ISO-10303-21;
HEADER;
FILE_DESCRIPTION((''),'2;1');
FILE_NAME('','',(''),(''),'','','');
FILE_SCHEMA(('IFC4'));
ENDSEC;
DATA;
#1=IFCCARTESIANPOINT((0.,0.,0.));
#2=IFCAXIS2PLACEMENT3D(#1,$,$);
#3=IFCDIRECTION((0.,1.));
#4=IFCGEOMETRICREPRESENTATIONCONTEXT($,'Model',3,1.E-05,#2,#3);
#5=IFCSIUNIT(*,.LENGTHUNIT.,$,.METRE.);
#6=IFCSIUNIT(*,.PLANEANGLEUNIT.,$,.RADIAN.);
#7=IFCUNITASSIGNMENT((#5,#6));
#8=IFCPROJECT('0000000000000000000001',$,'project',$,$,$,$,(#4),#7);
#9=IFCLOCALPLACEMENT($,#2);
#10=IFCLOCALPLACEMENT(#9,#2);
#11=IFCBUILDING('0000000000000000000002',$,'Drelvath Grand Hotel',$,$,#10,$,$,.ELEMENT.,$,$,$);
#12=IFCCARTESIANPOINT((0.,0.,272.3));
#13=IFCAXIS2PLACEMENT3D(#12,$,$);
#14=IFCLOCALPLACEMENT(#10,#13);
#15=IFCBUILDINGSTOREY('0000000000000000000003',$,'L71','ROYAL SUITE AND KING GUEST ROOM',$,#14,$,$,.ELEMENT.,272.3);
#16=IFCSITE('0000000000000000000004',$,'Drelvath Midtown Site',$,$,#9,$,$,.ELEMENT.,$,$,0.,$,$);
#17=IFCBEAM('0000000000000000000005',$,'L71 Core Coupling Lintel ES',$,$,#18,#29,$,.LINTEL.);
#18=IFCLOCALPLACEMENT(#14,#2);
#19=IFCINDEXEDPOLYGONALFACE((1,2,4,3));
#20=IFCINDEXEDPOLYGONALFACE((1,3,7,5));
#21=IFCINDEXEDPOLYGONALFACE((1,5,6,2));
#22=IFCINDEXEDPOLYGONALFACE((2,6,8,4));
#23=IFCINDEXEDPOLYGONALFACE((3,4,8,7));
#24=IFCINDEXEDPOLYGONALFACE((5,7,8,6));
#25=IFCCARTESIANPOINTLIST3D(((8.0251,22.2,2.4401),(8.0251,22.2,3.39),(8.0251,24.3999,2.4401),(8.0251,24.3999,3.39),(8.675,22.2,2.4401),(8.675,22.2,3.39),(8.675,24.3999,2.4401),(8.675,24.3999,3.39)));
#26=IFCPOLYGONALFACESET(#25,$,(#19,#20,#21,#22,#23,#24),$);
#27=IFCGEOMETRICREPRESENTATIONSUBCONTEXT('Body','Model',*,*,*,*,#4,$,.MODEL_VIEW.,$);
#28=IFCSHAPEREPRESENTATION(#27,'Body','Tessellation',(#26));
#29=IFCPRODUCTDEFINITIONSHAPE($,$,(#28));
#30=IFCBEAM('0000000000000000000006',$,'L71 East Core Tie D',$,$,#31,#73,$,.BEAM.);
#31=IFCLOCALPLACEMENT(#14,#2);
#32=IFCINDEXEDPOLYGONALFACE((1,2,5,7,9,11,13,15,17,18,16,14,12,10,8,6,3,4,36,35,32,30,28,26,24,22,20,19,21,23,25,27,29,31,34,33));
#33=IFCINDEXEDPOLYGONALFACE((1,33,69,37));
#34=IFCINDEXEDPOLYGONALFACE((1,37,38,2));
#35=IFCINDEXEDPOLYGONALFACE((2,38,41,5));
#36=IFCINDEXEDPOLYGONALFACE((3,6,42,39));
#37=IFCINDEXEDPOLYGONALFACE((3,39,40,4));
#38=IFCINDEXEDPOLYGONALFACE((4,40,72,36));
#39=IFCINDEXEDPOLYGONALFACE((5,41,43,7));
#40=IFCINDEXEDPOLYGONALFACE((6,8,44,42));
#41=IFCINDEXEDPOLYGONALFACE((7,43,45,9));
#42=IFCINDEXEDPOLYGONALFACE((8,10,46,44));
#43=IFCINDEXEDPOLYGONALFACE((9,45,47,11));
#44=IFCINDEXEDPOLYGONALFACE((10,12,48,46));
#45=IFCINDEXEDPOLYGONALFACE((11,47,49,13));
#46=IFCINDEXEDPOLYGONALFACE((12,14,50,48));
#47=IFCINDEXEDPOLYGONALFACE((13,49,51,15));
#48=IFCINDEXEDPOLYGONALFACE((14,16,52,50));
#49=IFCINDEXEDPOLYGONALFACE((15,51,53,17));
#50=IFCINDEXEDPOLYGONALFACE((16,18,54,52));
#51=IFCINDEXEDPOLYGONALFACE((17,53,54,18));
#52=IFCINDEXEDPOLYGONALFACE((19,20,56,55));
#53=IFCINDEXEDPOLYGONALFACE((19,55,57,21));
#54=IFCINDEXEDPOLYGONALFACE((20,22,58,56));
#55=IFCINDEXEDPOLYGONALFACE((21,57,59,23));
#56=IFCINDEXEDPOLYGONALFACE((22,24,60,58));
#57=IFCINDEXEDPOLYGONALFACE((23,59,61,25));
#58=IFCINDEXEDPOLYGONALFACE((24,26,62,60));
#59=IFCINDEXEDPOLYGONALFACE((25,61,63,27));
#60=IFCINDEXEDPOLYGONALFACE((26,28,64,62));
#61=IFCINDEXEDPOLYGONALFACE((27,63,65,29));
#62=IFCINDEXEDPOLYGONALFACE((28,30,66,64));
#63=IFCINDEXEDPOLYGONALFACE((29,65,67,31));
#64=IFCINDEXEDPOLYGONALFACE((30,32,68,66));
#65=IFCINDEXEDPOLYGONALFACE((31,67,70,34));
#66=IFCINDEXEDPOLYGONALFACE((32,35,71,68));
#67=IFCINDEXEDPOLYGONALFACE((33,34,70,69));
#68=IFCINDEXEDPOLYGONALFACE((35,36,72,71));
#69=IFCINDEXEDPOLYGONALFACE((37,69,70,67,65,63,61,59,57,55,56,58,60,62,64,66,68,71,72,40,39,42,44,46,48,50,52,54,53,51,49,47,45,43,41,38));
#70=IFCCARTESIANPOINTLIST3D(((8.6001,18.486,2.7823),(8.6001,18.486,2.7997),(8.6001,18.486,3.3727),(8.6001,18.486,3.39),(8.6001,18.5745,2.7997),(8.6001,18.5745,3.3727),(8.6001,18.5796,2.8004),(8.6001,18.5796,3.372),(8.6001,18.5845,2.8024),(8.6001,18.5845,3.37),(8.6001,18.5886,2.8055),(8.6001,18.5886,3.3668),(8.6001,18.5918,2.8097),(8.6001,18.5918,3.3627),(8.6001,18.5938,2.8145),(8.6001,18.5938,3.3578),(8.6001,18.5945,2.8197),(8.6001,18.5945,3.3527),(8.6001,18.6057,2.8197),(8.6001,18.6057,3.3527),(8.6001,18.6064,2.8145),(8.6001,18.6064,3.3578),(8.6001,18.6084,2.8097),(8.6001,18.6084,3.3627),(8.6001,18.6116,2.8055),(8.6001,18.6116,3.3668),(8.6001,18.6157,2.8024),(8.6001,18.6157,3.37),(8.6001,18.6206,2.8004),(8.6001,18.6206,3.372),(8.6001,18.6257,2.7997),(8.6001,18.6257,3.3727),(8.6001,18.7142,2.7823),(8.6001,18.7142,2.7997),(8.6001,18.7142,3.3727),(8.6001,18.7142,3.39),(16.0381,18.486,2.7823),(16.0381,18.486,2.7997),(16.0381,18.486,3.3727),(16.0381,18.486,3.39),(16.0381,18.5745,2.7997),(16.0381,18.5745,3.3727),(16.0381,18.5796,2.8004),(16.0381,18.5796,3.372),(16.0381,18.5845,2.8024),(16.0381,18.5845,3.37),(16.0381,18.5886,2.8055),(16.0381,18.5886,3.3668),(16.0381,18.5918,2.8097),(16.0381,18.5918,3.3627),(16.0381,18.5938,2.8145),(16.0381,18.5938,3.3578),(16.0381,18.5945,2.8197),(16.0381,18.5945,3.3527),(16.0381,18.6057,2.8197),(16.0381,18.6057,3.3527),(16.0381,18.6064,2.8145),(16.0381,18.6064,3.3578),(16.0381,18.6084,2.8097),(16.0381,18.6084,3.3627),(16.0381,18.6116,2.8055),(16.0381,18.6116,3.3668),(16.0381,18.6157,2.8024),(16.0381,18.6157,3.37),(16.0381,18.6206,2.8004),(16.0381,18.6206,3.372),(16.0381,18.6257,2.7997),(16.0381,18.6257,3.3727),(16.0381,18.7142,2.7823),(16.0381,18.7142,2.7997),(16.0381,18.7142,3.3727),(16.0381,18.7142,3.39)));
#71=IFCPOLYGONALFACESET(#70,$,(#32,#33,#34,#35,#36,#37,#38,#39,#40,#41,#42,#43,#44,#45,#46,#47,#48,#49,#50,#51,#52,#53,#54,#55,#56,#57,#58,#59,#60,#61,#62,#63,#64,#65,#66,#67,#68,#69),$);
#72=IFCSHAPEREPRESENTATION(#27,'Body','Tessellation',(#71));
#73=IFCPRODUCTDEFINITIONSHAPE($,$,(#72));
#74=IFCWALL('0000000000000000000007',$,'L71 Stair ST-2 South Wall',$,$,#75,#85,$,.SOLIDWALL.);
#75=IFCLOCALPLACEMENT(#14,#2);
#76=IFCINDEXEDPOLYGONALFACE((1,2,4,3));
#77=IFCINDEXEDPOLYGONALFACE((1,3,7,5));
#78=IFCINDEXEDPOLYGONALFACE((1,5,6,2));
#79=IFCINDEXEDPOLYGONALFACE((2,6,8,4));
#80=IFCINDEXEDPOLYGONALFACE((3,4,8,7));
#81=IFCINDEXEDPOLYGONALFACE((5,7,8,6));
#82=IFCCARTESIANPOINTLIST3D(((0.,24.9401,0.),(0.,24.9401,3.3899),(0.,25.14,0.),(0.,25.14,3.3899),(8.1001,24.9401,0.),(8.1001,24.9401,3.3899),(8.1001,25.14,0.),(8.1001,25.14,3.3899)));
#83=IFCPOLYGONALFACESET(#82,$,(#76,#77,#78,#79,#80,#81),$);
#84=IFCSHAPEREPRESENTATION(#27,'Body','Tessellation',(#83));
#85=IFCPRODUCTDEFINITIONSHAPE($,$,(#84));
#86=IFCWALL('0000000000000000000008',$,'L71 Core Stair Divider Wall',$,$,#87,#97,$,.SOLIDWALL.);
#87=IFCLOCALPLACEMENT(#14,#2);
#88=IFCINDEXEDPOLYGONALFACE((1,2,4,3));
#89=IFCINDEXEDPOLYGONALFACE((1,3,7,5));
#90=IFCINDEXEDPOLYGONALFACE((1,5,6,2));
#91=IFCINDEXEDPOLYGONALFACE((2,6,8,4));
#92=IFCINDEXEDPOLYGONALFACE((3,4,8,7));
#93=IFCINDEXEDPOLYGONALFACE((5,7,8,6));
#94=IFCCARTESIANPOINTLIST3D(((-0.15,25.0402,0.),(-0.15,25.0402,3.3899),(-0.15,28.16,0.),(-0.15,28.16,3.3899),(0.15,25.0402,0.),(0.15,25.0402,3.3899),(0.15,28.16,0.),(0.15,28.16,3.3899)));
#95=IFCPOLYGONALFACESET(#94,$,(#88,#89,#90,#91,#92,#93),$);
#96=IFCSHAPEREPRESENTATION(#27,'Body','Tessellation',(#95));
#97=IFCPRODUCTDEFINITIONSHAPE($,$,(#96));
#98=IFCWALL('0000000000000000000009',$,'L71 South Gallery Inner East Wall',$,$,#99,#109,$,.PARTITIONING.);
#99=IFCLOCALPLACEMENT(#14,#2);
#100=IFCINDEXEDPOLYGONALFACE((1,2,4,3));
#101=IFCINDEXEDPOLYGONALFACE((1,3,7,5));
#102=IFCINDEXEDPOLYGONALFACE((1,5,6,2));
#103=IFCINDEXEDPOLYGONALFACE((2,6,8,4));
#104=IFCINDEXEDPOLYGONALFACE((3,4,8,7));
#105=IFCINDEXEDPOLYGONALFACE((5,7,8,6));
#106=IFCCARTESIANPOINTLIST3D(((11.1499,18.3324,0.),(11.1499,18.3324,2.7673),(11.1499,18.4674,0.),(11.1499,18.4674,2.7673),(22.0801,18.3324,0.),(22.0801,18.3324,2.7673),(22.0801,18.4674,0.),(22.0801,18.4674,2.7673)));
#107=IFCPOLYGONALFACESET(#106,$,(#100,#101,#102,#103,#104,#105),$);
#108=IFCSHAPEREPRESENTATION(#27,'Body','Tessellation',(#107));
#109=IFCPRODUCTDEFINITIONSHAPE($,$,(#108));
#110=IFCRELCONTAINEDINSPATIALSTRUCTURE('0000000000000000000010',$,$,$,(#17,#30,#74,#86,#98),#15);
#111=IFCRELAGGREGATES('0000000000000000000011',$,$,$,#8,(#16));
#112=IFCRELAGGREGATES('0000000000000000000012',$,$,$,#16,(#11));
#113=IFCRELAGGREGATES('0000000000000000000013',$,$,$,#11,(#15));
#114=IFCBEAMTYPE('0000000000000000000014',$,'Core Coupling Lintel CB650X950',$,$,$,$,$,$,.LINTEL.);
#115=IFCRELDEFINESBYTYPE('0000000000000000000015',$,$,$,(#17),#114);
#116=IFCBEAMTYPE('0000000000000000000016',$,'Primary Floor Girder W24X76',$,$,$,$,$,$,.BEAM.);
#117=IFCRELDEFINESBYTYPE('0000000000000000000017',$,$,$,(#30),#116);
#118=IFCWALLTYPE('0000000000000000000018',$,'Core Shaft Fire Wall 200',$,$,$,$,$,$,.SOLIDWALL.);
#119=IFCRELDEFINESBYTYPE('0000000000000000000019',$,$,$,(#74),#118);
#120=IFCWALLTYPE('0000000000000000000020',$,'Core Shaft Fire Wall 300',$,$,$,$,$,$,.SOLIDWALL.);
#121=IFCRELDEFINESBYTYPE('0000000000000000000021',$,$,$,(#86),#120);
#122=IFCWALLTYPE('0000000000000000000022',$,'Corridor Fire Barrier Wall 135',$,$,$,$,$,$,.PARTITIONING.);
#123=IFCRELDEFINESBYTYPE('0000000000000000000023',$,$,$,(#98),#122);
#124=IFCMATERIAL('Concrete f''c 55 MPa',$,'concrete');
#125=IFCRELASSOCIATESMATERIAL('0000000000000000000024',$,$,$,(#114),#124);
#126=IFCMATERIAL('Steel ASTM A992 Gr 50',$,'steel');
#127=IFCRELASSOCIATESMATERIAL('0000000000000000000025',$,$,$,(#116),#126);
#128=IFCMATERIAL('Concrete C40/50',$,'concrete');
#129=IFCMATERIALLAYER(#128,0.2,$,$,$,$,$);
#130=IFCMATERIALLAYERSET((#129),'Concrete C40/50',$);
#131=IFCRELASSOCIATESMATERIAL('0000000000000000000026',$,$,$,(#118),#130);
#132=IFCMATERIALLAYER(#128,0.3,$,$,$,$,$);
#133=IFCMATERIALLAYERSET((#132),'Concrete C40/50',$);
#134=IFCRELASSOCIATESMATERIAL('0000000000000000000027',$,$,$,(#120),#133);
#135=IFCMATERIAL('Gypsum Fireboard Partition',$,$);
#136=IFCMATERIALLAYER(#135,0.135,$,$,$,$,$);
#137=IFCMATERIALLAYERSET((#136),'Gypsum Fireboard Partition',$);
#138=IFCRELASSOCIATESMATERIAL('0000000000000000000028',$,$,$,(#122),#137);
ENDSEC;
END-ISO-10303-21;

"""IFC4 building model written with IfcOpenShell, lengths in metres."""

from ifc_helpers import new_model, si_unit, direction, frame, frame_2d, origin, origin_2d, place, context, subcontext, project, spatial, rectangle, i_section, extrude, material, layer, layer_set, material_profile, profile_set, type_object, element, save


model = new_model("IFC4")

# Units and contexts
model_context = context("Model", 3, precision=1e-05, world=origin(), true_north=direction((0.0, 1.0)))
body_context = subcontext(model_context, "Body", "Model", "MODEL_VIEW")
ifc_project = project(units=[si_unit("LENGTHUNIT", "METRE"), si_unit("PLANEANGLEUNIT", "RADIAN")], contexts=[model_context])

# Site, building, storey
site_placement = place(None, origin())
site = spatial("IfcSite", under=ifc_project, at=site_placement, Name="Drelvath Midtown Site", CompositionType="ELEMENT", RefElevation=0.0)
building_placement = place(site_placement, origin())
building = spatial("IfcBuilding", under=site, at=building_placement, Name="Drelvath Grand Hotel", CompositionType="ELEMENT")
storey_placement = place(building_placement, frame((0.0, 0.0, 272.3)))
storey = spatial("IfcBuildingStorey", under=building, at=storey_placement, Name="L71", Description="ROYAL SUITE AND KING GUEST ROOM", CompositionType="ELEMENT", Elevation=272.3)

# Beams
ifc_material_1 = material(Name="Concrete f'c 55 MPa", Category="concrete")
ifc_material_profile_1 = material_profile(ifc_material_1, rectangle(XDim=0.6499, YDim=0.95, at=origin_2d()), Name="CB650X950")
ifc_profile_set_1 = profile_set([ifc_material_profile_1], Name="Concrete f'c 55 MPa")
beam_type_1 = type_object("IfcBeamType", Name="Core Coupling Lintel CB650X950", PredefinedType="LINTEL", material=ifc_profile_set_1)
beam_1_placement = place(storey_placement, frame((8.3501, 22.2, 2.915), z_axis=(0.0, 1.0, 0.0), x_axis=(-1.0, 0.0, 0.0)))
element("IfcBeam", 1, at=beam_1_placement, inside=storey, type_object=beam_type_1, Name="L71 Core Coupling Lintel ES", PredefinedType="LINTEL", context=body_context, shape_type="SweptSolid", body=[
    extrude(rectangle(XDim=0.6499, YDim=0.95, at=origin_2d()), origin(), (0.0, 0.0, 1.0), 2.2),
])
ifc_material_2 = material(Name="Steel ASTM A992 Gr 50", Category="steel")
ifc_material_profile_2 = material_profile(ifc_material_2, i_section(OverallWidth=0.2283, OverallDepth=0.6077, WebThickness=0.0112, FlangeThickness=0.0173, FilletRadius=0.02, at=origin_2d()), Name="W24X76")
ifc_profile_set_2 = profile_set([ifc_material_profile_2], Name="Steel ASTM A992 Gr 50")
beam_type_2 = type_object("IfcBeamType", Name="Primary Floor Girder W24X76", PredefinedType="BEAM", material=ifc_profile_set_2)
beam_2_placement = place(storey_placement, frame((8.6001, 18.6001, 3.0862), z_axis=(1.0, 0.0, 0.0), x_axis=(0.0, 1.0, 0.0)))
element("IfcBeam", 2, at=beam_2_placement, inside=storey, type_object=beam_type_2, Name="L71 East Core Tie D", PredefinedType="BEAM", context=body_context, shape_type="SweptSolid", body=[
    extrude(i_section(OverallWidth=0.2283, OverallDepth=0.6077, WebThickness=0.0112, FlangeThickness=0.0173, FilletRadius=0.02, at=origin_2d()), origin(), (0.0, 0.0, 1.0), 7.438),
])

# Walls
ifc_material_3 = material(Name="Concrete C40/50", Category="concrete")
ifc_layer_1 = layer(ifc_material_3, 0.2)
ifc_layer_set_1 = layer_set([ifc_layer_1], Name="Concrete C40/50")
wall_type_1 = type_object("IfcWallType", Name="Core Shaft Fire Wall 200", PredefinedType="SOLIDWALL", material=ifc_layer_set_1)
wall_1_placement = place(storey_placement, frame((0.0, 25.04, 0.0), z_axis=(0.0, 0.0, 1.0), x_axis=(1.0, 0.0, 0.0)))
element("IfcWall", 3, at=wall_1_placement, inside=storey, type_object=wall_type_1, Name="L71 Stair ST-2 South Wall", PredefinedType="SOLIDWALL", context=body_context, shape_type="SweptSolid", body=[
    extrude(rectangle(XDim=8.1001, YDim=0.2, at=frame_2d((4.05, 0.0))), origin(), (0.0, 0.0, 1.0), 3.3899),
])
ifc_layer_2 = layer(ifc_material_3, 0.3)
ifc_layer_set_2 = layer_set([ifc_layer_2], Name="Concrete C40/50")
wall_type_2 = type_object("IfcWallType", Name="Core Shaft Fire Wall 300", PredefinedType="SOLIDWALL", material=ifc_layer_set_2)
wall_2_placement = place(storey_placement, frame((0.0, 25.04, 0.0), z_axis=(0.0, 0.0, 1.0), x_axis=(0.0, 1.0, 0.0)))
element("IfcWall", 4, at=wall_2_placement, inside=storey, type_object=wall_type_2, Name="L71 Core Stair Divider Wall", PredefinedType="SOLIDWALL", context=body_context, shape_type="SweptSolid", body=[
    extrude(rectangle(XDim=3.1199, YDim=0.3, at=frame_2d((1.5601, 0.0))), origin(), (0.0, 0.0, 1.0), 3.3899),
])
ifc_material_4 = material(Name="Gypsum Fireboard Partition")
ifc_layer_3 = layer(ifc_material_4, 0.135)
ifc_layer_set_3 = layer_set([ifc_layer_3], Name="Gypsum Fireboard Partition")
wall_type_3 = type_object("IfcWallType", Name="Corridor Fire Barrier Wall 135", PredefinedType="PARTITIONING", material=ifc_layer_set_3)
wall_3_placement = place(storey_placement, frame((11.1499, 18.3999, 0.0), z_axis=(0.0, 0.0, 1.0), x_axis=(1.0, 0.0, 0.0)))
element("IfcWall", 5, at=wall_3_placement, inside=storey, type_object=wall_type_3, Name="L71 South Gallery Inner East Wall", PredefinedType="PARTITIONING", context=body_context, shape_type="SweptSolid", body=[
    extrude(rectangle(XDim=10.9302, YDim=0.135, at=frame_2d((5.4651, 0.0))), origin(), (0.0, 0.0, 1.0), 2.7673),
])

save(model, "model.ifc")
